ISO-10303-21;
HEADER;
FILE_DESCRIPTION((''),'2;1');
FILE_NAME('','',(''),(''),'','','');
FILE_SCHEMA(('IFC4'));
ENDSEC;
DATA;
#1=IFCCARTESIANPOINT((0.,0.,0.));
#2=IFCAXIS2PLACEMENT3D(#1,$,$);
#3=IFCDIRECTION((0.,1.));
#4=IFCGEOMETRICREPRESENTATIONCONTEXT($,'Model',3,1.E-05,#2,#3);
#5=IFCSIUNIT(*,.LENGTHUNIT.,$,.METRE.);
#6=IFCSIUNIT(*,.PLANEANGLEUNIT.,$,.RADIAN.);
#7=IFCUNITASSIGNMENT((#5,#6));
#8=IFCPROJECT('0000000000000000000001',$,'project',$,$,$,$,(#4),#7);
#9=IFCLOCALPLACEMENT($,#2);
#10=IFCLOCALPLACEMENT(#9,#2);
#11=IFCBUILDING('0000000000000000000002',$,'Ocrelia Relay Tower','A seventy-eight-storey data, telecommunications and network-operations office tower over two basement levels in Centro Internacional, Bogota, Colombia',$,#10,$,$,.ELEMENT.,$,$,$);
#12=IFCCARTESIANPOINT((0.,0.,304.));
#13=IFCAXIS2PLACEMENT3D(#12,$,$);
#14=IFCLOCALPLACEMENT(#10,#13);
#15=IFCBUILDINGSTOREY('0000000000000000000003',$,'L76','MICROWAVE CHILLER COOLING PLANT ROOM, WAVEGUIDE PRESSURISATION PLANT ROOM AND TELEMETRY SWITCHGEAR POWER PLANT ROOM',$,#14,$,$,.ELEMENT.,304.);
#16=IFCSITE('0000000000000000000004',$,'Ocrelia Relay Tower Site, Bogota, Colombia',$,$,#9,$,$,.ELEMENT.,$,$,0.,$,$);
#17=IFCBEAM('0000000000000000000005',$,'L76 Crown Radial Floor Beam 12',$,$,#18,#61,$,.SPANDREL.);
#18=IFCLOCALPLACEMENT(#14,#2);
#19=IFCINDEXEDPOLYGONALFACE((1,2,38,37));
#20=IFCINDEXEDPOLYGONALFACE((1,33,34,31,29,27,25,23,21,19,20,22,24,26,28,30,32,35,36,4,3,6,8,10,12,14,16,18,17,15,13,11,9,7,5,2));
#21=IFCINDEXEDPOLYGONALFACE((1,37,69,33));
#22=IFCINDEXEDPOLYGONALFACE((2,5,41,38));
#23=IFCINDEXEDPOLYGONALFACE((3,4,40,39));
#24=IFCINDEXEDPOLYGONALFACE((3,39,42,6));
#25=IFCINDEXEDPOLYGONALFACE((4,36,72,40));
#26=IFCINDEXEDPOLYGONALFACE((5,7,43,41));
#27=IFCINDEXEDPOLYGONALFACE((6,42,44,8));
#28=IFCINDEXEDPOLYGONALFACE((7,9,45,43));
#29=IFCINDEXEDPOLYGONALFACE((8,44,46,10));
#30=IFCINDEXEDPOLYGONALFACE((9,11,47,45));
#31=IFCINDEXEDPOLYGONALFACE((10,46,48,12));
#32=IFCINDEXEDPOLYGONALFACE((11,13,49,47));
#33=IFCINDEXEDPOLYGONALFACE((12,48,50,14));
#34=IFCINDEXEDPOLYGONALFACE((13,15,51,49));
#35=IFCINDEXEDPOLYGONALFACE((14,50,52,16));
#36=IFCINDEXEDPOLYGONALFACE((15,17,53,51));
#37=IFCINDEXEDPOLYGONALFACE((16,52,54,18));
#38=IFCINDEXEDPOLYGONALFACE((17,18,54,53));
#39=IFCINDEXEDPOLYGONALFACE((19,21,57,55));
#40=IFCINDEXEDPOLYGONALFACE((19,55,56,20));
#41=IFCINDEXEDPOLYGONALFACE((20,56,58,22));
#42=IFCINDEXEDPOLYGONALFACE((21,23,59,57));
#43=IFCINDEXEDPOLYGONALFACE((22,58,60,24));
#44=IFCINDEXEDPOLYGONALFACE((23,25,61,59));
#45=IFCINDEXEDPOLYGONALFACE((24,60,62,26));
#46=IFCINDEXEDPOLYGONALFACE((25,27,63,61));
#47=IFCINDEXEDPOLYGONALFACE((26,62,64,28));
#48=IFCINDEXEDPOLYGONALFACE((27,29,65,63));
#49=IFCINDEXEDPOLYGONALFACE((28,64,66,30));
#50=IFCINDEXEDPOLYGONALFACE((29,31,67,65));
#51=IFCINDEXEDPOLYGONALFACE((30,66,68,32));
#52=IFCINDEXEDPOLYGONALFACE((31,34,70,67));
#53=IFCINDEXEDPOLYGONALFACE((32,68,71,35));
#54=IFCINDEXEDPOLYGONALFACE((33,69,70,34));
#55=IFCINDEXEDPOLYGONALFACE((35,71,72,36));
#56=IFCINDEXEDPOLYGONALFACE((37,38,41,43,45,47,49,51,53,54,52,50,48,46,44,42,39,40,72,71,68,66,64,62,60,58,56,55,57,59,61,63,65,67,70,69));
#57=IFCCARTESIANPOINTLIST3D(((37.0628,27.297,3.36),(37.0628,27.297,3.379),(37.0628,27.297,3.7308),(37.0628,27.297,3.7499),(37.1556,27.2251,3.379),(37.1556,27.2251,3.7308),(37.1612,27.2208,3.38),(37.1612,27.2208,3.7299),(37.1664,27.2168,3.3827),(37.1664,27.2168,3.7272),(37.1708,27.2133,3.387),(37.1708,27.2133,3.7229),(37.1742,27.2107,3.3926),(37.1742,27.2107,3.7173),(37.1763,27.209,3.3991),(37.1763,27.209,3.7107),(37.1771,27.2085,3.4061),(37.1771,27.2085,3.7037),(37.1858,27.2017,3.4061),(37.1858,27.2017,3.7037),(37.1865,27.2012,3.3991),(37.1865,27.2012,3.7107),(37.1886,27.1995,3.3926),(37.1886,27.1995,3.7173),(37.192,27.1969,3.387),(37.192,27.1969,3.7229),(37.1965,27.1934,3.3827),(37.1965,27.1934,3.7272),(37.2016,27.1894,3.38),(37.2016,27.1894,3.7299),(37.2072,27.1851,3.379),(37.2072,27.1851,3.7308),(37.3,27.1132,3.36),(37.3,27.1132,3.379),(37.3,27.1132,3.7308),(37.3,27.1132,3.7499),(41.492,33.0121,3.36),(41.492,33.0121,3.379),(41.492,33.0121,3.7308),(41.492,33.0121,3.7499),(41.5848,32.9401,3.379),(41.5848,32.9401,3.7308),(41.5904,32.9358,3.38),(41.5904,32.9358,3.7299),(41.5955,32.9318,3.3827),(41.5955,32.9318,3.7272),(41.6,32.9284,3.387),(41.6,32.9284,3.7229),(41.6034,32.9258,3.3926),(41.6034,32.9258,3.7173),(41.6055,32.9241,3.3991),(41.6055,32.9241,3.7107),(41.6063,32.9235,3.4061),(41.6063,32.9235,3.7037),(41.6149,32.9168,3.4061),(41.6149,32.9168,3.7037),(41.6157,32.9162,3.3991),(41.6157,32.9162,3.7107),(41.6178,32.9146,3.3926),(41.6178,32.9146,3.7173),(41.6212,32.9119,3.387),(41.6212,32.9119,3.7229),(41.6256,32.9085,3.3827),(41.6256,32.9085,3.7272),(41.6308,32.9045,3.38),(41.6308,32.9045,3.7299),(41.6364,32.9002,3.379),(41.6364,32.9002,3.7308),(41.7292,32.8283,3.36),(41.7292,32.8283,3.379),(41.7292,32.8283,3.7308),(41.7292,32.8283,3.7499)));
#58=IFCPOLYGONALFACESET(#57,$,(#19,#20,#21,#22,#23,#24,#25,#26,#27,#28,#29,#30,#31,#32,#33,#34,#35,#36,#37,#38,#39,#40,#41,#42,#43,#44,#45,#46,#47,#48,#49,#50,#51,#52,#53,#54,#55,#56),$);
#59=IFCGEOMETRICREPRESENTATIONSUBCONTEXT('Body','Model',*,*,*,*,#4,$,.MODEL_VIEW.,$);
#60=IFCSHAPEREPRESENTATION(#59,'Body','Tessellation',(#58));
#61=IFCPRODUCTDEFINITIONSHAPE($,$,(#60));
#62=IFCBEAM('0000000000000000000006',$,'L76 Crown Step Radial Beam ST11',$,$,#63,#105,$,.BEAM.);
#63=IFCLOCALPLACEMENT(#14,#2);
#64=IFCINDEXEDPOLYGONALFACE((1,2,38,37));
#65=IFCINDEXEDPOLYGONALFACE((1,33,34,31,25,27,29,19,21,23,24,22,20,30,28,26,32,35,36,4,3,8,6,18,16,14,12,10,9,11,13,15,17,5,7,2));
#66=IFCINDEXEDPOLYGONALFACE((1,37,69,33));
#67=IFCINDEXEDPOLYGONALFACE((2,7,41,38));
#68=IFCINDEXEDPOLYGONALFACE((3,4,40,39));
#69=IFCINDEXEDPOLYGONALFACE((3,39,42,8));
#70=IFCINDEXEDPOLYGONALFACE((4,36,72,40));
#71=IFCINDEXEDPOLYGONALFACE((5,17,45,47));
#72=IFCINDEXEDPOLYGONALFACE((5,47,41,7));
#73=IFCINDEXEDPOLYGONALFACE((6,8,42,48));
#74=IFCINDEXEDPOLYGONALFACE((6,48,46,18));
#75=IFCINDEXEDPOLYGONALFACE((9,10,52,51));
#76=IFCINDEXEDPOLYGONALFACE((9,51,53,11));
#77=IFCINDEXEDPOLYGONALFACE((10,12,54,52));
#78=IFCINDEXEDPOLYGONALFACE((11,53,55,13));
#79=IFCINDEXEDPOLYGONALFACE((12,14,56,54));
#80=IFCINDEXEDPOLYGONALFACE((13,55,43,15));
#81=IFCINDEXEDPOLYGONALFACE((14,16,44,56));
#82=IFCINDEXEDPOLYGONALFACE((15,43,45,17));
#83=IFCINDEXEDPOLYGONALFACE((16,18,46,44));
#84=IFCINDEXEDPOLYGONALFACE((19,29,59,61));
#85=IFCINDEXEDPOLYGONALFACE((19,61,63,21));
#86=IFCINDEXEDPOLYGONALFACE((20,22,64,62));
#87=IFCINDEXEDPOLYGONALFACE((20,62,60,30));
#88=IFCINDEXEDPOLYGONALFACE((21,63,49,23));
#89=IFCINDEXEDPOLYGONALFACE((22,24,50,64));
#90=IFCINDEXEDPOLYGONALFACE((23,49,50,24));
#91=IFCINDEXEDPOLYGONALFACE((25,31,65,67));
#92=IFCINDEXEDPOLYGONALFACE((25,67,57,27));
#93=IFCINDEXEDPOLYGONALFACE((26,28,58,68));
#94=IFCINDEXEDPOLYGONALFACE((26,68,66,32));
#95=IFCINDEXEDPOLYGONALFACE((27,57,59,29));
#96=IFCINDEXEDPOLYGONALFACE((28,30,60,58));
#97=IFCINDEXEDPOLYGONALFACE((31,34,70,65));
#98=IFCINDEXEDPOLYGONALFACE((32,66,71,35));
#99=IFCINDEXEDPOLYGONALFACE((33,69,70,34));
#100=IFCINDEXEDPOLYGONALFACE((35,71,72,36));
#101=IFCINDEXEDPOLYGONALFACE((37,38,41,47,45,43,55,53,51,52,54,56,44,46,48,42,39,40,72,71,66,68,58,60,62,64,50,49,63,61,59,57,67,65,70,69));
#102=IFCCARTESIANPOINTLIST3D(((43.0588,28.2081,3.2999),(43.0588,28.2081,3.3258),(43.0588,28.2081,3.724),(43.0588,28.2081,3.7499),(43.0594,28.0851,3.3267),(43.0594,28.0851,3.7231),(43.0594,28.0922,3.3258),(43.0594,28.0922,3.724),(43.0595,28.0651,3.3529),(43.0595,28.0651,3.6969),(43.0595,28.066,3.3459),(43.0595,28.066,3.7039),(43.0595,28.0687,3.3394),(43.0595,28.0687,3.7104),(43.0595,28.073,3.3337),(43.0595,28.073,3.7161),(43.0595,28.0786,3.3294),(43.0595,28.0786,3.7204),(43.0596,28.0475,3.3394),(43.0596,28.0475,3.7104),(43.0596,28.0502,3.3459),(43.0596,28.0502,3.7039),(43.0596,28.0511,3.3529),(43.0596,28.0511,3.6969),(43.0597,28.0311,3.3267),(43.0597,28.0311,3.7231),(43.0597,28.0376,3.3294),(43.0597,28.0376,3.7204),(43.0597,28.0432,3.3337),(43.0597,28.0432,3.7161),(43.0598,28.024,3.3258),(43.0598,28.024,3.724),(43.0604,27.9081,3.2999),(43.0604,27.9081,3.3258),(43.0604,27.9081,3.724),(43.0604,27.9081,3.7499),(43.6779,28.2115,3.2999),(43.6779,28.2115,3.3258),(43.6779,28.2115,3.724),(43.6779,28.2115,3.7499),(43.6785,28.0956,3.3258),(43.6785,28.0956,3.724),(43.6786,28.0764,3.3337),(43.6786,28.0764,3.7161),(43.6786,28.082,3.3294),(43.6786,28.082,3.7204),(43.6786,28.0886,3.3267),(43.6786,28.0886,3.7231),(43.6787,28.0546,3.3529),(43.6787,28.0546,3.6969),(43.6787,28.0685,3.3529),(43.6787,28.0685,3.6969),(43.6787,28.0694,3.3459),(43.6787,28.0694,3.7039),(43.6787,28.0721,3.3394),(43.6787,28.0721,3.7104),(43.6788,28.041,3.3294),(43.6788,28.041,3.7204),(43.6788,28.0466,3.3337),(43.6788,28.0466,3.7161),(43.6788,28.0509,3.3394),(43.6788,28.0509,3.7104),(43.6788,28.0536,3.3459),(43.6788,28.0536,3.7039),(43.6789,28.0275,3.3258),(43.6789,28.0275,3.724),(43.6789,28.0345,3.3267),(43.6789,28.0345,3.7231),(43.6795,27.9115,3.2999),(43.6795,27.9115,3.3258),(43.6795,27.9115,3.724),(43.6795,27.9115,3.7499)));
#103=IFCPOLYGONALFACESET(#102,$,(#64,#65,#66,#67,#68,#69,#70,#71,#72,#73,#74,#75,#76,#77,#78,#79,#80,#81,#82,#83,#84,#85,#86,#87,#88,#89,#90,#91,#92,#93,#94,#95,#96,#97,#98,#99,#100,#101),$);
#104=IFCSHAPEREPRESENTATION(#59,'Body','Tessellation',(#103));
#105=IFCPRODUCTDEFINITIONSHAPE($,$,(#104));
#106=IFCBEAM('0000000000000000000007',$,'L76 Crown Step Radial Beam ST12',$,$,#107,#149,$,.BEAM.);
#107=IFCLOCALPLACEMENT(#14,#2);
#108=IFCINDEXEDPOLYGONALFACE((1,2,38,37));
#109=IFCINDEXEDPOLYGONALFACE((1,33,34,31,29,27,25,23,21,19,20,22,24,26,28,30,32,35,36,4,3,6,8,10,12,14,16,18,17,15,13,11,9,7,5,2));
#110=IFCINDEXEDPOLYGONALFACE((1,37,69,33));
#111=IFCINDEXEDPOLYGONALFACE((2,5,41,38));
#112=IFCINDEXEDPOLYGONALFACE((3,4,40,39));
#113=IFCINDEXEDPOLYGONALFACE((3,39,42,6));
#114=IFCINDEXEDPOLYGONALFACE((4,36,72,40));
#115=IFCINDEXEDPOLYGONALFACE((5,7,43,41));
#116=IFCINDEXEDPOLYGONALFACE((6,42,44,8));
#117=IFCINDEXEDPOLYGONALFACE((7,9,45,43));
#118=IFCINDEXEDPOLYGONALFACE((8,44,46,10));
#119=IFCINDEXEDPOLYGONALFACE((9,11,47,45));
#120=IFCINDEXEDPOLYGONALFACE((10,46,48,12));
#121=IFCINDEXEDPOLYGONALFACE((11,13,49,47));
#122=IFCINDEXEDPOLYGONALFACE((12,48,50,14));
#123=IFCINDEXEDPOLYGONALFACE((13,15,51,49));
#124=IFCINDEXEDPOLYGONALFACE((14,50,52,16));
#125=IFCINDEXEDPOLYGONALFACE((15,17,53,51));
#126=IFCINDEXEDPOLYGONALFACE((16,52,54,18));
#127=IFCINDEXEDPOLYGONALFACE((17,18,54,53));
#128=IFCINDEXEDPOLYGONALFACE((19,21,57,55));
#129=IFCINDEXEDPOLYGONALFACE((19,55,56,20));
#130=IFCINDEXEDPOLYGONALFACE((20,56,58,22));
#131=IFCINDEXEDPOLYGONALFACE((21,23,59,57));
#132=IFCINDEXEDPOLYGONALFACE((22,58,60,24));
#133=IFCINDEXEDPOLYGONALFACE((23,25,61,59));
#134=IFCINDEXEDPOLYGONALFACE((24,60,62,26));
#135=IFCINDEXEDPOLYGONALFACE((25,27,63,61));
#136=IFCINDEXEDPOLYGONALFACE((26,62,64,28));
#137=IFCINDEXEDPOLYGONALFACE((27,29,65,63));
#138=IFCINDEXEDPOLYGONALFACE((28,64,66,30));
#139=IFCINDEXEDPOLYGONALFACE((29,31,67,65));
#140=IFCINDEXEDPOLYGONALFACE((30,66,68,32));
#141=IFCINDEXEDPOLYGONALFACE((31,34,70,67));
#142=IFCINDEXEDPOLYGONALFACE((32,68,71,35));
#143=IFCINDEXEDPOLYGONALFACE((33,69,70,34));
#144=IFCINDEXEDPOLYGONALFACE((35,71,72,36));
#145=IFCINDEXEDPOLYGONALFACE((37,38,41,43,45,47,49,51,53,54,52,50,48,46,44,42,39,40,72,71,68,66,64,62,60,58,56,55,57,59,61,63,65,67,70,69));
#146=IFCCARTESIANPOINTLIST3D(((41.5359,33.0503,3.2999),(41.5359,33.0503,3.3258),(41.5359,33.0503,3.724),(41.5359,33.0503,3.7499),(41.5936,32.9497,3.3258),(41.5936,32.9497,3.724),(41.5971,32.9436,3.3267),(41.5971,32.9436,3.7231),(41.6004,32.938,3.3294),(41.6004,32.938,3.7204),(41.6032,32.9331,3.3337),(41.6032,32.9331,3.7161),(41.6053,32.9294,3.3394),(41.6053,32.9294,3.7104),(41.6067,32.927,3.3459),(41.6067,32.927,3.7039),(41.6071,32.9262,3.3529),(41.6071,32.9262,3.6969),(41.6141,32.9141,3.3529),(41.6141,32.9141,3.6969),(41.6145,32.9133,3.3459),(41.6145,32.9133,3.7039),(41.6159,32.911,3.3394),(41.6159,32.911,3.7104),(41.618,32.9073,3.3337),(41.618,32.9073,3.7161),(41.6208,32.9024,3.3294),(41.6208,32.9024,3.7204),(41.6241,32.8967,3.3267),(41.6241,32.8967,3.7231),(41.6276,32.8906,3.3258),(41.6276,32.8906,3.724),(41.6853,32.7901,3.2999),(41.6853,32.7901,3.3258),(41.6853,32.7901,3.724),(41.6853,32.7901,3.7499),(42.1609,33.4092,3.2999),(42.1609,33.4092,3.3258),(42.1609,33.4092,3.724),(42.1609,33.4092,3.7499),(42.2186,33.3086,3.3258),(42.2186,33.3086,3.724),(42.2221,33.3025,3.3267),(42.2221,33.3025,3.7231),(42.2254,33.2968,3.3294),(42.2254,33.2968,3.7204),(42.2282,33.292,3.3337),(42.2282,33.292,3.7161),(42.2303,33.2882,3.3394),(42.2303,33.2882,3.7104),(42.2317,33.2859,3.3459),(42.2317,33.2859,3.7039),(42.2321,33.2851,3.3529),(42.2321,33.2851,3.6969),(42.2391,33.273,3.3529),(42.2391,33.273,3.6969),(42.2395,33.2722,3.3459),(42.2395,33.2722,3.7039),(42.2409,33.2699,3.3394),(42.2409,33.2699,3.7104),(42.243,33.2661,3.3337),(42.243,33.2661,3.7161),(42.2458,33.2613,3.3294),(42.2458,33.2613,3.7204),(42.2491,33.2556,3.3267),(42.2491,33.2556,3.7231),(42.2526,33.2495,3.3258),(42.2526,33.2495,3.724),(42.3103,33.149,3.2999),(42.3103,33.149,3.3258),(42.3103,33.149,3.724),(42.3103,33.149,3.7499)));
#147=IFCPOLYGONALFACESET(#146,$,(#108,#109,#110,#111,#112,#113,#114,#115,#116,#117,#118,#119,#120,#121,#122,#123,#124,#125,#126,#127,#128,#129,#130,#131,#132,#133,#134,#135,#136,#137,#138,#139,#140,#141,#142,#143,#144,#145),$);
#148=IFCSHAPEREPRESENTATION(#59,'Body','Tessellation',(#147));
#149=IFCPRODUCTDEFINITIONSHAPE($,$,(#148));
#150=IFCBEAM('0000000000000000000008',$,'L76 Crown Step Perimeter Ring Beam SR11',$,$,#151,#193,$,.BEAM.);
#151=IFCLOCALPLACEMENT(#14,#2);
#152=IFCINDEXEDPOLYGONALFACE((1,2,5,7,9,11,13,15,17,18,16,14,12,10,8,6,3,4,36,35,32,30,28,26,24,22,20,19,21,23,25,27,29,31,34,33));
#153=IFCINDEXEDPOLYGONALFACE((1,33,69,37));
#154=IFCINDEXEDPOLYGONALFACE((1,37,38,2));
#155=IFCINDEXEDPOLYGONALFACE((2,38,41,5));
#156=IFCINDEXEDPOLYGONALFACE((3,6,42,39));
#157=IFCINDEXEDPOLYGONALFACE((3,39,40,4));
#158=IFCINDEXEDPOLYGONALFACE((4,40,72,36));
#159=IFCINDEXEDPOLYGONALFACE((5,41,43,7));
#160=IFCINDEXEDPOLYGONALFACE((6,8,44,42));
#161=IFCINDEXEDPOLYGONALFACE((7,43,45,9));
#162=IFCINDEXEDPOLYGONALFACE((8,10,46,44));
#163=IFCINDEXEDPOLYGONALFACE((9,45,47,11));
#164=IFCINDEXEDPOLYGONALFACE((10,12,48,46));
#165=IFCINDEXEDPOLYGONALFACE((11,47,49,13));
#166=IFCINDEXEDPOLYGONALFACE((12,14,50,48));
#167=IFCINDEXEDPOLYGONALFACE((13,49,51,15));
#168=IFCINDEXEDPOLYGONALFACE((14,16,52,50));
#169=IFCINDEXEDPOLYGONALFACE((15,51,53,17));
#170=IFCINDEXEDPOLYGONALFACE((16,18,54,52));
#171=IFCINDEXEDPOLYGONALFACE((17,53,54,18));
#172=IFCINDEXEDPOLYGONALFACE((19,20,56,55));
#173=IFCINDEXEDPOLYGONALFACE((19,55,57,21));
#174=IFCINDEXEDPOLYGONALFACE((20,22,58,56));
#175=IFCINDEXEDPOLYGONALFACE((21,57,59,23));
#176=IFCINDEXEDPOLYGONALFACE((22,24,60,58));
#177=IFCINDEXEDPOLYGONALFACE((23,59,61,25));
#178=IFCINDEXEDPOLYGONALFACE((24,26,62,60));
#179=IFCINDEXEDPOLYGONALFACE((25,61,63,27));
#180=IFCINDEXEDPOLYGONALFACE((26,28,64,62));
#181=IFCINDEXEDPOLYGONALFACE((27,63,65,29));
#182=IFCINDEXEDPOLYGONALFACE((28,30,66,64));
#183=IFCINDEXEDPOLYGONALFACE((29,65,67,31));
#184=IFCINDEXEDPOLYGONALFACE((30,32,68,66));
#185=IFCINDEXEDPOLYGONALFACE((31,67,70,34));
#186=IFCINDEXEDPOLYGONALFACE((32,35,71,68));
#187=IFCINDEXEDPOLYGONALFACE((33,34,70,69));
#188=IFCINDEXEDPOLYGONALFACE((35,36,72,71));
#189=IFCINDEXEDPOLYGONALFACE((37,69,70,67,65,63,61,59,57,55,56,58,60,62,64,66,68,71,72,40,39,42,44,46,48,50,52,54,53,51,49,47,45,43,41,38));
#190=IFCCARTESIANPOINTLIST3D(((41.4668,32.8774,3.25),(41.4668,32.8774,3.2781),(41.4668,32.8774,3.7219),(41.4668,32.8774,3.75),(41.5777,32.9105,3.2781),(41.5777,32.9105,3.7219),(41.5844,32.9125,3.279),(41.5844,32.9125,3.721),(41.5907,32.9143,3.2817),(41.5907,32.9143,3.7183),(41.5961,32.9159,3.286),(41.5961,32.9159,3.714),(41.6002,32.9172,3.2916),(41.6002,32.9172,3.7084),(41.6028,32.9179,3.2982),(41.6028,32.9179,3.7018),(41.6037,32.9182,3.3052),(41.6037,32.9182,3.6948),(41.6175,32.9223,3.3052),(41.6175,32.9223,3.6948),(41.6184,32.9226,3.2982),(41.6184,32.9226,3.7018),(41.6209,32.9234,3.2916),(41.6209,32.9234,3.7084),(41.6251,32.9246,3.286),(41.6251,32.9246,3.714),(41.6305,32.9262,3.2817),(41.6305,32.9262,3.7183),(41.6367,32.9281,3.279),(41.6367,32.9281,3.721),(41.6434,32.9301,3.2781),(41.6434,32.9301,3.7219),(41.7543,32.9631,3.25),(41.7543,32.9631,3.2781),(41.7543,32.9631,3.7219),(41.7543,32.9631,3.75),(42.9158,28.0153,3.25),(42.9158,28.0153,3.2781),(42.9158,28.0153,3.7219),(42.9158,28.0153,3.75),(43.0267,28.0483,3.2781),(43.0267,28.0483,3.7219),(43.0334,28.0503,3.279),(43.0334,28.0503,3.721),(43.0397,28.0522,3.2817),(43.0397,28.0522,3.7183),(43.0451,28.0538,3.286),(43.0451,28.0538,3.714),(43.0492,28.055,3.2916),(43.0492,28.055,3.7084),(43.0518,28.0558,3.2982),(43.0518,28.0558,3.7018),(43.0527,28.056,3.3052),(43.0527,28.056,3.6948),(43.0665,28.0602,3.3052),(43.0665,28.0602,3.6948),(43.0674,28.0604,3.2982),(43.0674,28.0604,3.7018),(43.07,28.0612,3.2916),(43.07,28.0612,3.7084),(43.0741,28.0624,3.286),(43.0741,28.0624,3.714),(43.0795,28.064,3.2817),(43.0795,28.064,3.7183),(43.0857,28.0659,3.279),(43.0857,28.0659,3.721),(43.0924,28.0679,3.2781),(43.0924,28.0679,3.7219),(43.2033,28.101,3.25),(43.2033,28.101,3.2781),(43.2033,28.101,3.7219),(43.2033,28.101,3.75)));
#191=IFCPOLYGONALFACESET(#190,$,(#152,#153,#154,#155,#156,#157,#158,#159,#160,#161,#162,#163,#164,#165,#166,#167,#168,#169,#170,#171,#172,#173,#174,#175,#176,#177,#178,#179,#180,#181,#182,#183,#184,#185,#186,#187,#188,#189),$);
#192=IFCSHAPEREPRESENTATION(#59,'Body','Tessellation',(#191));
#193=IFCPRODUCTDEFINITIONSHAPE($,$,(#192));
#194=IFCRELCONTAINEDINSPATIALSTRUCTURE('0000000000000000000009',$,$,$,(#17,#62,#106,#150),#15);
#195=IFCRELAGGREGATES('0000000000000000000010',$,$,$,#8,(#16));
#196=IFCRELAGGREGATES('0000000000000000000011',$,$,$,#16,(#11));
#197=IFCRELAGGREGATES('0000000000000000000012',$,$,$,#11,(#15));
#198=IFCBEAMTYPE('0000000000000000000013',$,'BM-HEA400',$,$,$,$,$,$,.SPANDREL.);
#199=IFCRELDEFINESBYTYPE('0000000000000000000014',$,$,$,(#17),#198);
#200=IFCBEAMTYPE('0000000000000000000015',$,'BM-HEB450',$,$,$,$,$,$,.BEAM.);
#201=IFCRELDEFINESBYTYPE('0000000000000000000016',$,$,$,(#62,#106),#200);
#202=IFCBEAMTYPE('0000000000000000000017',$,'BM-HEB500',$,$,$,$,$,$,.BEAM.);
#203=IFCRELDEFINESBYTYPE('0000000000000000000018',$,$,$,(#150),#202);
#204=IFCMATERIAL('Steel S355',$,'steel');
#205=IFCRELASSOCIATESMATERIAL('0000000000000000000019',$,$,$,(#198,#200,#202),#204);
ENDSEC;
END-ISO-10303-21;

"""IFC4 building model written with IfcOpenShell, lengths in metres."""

from ifc_helpers import new_model, si_unit, direction, frame, origin, origin_2d, place, context, subcontext, project, spatial, i_section, extrude, material, material_profile, profile_set, type_object, element, save


model = new_model("IFC4")

# Units and contexts
model_context = context("Model", 3, precision=1e-05, world=origin(), true_north=direction((0.0, 1.0)))
body_context = subcontext(model_context, "Body", "Model", "MODEL_VIEW")
ifc_project = project(units=[si_unit("LENGTHUNIT", "METRE"), si_unit("PLANEANGLEUNIT", "RADIAN")], contexts=[model_context])

# Site, building, storey
site_placement = place(None, origin())
site = spatial("IfcSite", under=ifc_project, at=site_placement, Name="Ocrelia Relay Tower Site, Bogota, Colombia", CompositionType="ELEMENT", RefElevation=0.0)
building_placement = place(site_placement, origin())
building = spatial("IfcBuilding", under=site, at=building_placement, Name="Ocrelia Relay Tower", Description="A seventy-eight-storey data, telecommunications and network-operations office tower over two basement levels in Centro Internacional, Bogota, Colombia", CompositionType="ELEMENT")
storey_placement = place(building_placement, frame((0.0, 0.0, 304.0)))
storey = spatial("IfcBuildingStorey", under=building, at=storey_placement, Name="L76", Description="MICROWAVE CHILLER COOLING PLANT ROOM, WAVEGUIDE PRESSURISATION PLANT ROOM AND TELEMETRY SWITCHGEAR POWER PLANT ROOM", CompositionType="ELEMENT", Elevation=304.0)

# Beams
ifc_material_1 = material(Name="Steel S355", Category="steel")
ifc_material_profile_1 = material_profile(ifc_material_1, i_section(OverallWidth=0.3, OverallDepth=0.3899, WebThickness=0.011, FlangeThickness=0.019, FilletRadius=0.0271, at=origin_2d()), Name="HEA 400")
ifc_profile_set_1 = profile_set([ifc_material_profile_1], Name="Steel S355")
beam_type_1 = type_object("IfcBeamType", Name="BM-HEA400", PredefinedType="SPANDREL", material=ifc_profile_set_1)
beam_1_placement = place(storey_placement, frame((41.6106, 32.9202, 3.5549), z_axis=(-0.612572, -0.790415, 0.0), x_axis=(0.790415, -0.612572, 0.0)))
element("IfcBeam", 1, at=beam_1_placement, inside=storey, type_object=beam_type_1, Name="L76 Crown Radial Floor Beam 12", PredefinedType="SPANDREL", context=body_context, shape_type="SweptSolid", body=[
    extrude(i_section(OverallWidth=0.3, OverallDepth=0.3899, WebThickness=0.011, FlangeThickness=0.019, FilletRadius=0.0271, at=origin_2d()), origin(), (0.0, 0.0, 1.0), 7.2305),
])
ifc_material_profile_2 = material_profile(ifc_material_1, i_section(OverallWidth=0.3, OverallDepth=0.45, WebThickness=0.0139, FlangeThickness=0.0259, FilletRadius=0.0271, at=origin_2d()), Name="HEB 450")
ifc_profile_set_2 = profile_set([ifc_material_profile_2], Name="Steel S355")
beam_type_2 = type_object("IfcBeamType", Name="BM-HEB450", PredefinedType="BEAM", material=ifc_profile_set_2)
beam_2_placement = place(storey_placement, frame((43.6787, 28.0615, 3.5249), z_axis=(-0.999985, -0.00552, 0.0), x_axis=(0.00552, -0.999985, 0.0)))
element("IfcBeam", 2, at=beam_2_placement, inside=storey, type_object=beam_type_2, Name="L76 Crown Step Radial Beam ST11", PredefinedType="BEAM", context=body_context, shape_type="SweptSolid", body=[
    extrude(i_section(OverallWidth=0.3, OverallDepth=0.45, WebThickness=0.0139, FlangeThickness=0.0259, FilletRadius=0.0271, at=origin_2d()), origin(), (0.0, 0.0, 1.0), 0.6191),
])
beam_3_placement = place(storey_placement, frame((42.2356, 33.2791, 3.5249), z_axis=(-0.867199, -0.497962, 0.0), x_axis=(0.497962, -0.867199, 0.0)))
element("IfcBeam", 3, at=beam_3_placement, inside=storey, type_object=beam_type_2, Name="L76 Crown Step Radial Beam ST12", PredefinedType="BEAM", context=body_context, shape_type="SweptSolid", body=[
    extrude(i_section(OverallWidth=0.3, OverallDepth=0.45, WebThickness=0.0139, FlangeThickness=0.0259, FilletRadius=0.0271, at=origin_2d()), origin(), (0.0, 0.0, 1.0), 0.7207),
])
ifc_material_profile_3 = material_profile(ifc_material_1, i_section(OverallWidth=0.3, OverallDepth=0.5, WebThickness=0.0144, FlangeThickness=0.0281, FilletRadius=0.0271, at=origin_2d()), Name="HEB 500")
ifc_profile_set_3 = profile_set([ifc_material_profile_3], Name="Steel S355")
beam_type_3 = type_object("IfcBeamType", Name="BM-HEB500", PredefinedType="BEAM", material=ifc_profile_set_3)
beam_4_placement = place(storey_placement, frame((43.0596, 28.0581, 3.5), z_axis=(-0.285604, 0.958348, 0.0), x_axis=(-0.958348, -0.285604, 0.0)))
element("IfcBeam", 4, at=beam_4_placement, inside=storey, type_object=beam_type_3, Name="L76 Crown Step Perimeter Ring Beam SR11", PredefinedType="BEAM", context=body_context, shape_type="SweptSolid", body=[
    extrude(i_section(OverallWidth=0.3, OverallDepth=0.5, WebThickness=0.0144, FlangeThickness=0.0281, FilletRadius=0.0271, at=origin_2d()), origin(), (0.0, 0.0, 1.0), 5.0735),
])

save(model, "model.ifc")
